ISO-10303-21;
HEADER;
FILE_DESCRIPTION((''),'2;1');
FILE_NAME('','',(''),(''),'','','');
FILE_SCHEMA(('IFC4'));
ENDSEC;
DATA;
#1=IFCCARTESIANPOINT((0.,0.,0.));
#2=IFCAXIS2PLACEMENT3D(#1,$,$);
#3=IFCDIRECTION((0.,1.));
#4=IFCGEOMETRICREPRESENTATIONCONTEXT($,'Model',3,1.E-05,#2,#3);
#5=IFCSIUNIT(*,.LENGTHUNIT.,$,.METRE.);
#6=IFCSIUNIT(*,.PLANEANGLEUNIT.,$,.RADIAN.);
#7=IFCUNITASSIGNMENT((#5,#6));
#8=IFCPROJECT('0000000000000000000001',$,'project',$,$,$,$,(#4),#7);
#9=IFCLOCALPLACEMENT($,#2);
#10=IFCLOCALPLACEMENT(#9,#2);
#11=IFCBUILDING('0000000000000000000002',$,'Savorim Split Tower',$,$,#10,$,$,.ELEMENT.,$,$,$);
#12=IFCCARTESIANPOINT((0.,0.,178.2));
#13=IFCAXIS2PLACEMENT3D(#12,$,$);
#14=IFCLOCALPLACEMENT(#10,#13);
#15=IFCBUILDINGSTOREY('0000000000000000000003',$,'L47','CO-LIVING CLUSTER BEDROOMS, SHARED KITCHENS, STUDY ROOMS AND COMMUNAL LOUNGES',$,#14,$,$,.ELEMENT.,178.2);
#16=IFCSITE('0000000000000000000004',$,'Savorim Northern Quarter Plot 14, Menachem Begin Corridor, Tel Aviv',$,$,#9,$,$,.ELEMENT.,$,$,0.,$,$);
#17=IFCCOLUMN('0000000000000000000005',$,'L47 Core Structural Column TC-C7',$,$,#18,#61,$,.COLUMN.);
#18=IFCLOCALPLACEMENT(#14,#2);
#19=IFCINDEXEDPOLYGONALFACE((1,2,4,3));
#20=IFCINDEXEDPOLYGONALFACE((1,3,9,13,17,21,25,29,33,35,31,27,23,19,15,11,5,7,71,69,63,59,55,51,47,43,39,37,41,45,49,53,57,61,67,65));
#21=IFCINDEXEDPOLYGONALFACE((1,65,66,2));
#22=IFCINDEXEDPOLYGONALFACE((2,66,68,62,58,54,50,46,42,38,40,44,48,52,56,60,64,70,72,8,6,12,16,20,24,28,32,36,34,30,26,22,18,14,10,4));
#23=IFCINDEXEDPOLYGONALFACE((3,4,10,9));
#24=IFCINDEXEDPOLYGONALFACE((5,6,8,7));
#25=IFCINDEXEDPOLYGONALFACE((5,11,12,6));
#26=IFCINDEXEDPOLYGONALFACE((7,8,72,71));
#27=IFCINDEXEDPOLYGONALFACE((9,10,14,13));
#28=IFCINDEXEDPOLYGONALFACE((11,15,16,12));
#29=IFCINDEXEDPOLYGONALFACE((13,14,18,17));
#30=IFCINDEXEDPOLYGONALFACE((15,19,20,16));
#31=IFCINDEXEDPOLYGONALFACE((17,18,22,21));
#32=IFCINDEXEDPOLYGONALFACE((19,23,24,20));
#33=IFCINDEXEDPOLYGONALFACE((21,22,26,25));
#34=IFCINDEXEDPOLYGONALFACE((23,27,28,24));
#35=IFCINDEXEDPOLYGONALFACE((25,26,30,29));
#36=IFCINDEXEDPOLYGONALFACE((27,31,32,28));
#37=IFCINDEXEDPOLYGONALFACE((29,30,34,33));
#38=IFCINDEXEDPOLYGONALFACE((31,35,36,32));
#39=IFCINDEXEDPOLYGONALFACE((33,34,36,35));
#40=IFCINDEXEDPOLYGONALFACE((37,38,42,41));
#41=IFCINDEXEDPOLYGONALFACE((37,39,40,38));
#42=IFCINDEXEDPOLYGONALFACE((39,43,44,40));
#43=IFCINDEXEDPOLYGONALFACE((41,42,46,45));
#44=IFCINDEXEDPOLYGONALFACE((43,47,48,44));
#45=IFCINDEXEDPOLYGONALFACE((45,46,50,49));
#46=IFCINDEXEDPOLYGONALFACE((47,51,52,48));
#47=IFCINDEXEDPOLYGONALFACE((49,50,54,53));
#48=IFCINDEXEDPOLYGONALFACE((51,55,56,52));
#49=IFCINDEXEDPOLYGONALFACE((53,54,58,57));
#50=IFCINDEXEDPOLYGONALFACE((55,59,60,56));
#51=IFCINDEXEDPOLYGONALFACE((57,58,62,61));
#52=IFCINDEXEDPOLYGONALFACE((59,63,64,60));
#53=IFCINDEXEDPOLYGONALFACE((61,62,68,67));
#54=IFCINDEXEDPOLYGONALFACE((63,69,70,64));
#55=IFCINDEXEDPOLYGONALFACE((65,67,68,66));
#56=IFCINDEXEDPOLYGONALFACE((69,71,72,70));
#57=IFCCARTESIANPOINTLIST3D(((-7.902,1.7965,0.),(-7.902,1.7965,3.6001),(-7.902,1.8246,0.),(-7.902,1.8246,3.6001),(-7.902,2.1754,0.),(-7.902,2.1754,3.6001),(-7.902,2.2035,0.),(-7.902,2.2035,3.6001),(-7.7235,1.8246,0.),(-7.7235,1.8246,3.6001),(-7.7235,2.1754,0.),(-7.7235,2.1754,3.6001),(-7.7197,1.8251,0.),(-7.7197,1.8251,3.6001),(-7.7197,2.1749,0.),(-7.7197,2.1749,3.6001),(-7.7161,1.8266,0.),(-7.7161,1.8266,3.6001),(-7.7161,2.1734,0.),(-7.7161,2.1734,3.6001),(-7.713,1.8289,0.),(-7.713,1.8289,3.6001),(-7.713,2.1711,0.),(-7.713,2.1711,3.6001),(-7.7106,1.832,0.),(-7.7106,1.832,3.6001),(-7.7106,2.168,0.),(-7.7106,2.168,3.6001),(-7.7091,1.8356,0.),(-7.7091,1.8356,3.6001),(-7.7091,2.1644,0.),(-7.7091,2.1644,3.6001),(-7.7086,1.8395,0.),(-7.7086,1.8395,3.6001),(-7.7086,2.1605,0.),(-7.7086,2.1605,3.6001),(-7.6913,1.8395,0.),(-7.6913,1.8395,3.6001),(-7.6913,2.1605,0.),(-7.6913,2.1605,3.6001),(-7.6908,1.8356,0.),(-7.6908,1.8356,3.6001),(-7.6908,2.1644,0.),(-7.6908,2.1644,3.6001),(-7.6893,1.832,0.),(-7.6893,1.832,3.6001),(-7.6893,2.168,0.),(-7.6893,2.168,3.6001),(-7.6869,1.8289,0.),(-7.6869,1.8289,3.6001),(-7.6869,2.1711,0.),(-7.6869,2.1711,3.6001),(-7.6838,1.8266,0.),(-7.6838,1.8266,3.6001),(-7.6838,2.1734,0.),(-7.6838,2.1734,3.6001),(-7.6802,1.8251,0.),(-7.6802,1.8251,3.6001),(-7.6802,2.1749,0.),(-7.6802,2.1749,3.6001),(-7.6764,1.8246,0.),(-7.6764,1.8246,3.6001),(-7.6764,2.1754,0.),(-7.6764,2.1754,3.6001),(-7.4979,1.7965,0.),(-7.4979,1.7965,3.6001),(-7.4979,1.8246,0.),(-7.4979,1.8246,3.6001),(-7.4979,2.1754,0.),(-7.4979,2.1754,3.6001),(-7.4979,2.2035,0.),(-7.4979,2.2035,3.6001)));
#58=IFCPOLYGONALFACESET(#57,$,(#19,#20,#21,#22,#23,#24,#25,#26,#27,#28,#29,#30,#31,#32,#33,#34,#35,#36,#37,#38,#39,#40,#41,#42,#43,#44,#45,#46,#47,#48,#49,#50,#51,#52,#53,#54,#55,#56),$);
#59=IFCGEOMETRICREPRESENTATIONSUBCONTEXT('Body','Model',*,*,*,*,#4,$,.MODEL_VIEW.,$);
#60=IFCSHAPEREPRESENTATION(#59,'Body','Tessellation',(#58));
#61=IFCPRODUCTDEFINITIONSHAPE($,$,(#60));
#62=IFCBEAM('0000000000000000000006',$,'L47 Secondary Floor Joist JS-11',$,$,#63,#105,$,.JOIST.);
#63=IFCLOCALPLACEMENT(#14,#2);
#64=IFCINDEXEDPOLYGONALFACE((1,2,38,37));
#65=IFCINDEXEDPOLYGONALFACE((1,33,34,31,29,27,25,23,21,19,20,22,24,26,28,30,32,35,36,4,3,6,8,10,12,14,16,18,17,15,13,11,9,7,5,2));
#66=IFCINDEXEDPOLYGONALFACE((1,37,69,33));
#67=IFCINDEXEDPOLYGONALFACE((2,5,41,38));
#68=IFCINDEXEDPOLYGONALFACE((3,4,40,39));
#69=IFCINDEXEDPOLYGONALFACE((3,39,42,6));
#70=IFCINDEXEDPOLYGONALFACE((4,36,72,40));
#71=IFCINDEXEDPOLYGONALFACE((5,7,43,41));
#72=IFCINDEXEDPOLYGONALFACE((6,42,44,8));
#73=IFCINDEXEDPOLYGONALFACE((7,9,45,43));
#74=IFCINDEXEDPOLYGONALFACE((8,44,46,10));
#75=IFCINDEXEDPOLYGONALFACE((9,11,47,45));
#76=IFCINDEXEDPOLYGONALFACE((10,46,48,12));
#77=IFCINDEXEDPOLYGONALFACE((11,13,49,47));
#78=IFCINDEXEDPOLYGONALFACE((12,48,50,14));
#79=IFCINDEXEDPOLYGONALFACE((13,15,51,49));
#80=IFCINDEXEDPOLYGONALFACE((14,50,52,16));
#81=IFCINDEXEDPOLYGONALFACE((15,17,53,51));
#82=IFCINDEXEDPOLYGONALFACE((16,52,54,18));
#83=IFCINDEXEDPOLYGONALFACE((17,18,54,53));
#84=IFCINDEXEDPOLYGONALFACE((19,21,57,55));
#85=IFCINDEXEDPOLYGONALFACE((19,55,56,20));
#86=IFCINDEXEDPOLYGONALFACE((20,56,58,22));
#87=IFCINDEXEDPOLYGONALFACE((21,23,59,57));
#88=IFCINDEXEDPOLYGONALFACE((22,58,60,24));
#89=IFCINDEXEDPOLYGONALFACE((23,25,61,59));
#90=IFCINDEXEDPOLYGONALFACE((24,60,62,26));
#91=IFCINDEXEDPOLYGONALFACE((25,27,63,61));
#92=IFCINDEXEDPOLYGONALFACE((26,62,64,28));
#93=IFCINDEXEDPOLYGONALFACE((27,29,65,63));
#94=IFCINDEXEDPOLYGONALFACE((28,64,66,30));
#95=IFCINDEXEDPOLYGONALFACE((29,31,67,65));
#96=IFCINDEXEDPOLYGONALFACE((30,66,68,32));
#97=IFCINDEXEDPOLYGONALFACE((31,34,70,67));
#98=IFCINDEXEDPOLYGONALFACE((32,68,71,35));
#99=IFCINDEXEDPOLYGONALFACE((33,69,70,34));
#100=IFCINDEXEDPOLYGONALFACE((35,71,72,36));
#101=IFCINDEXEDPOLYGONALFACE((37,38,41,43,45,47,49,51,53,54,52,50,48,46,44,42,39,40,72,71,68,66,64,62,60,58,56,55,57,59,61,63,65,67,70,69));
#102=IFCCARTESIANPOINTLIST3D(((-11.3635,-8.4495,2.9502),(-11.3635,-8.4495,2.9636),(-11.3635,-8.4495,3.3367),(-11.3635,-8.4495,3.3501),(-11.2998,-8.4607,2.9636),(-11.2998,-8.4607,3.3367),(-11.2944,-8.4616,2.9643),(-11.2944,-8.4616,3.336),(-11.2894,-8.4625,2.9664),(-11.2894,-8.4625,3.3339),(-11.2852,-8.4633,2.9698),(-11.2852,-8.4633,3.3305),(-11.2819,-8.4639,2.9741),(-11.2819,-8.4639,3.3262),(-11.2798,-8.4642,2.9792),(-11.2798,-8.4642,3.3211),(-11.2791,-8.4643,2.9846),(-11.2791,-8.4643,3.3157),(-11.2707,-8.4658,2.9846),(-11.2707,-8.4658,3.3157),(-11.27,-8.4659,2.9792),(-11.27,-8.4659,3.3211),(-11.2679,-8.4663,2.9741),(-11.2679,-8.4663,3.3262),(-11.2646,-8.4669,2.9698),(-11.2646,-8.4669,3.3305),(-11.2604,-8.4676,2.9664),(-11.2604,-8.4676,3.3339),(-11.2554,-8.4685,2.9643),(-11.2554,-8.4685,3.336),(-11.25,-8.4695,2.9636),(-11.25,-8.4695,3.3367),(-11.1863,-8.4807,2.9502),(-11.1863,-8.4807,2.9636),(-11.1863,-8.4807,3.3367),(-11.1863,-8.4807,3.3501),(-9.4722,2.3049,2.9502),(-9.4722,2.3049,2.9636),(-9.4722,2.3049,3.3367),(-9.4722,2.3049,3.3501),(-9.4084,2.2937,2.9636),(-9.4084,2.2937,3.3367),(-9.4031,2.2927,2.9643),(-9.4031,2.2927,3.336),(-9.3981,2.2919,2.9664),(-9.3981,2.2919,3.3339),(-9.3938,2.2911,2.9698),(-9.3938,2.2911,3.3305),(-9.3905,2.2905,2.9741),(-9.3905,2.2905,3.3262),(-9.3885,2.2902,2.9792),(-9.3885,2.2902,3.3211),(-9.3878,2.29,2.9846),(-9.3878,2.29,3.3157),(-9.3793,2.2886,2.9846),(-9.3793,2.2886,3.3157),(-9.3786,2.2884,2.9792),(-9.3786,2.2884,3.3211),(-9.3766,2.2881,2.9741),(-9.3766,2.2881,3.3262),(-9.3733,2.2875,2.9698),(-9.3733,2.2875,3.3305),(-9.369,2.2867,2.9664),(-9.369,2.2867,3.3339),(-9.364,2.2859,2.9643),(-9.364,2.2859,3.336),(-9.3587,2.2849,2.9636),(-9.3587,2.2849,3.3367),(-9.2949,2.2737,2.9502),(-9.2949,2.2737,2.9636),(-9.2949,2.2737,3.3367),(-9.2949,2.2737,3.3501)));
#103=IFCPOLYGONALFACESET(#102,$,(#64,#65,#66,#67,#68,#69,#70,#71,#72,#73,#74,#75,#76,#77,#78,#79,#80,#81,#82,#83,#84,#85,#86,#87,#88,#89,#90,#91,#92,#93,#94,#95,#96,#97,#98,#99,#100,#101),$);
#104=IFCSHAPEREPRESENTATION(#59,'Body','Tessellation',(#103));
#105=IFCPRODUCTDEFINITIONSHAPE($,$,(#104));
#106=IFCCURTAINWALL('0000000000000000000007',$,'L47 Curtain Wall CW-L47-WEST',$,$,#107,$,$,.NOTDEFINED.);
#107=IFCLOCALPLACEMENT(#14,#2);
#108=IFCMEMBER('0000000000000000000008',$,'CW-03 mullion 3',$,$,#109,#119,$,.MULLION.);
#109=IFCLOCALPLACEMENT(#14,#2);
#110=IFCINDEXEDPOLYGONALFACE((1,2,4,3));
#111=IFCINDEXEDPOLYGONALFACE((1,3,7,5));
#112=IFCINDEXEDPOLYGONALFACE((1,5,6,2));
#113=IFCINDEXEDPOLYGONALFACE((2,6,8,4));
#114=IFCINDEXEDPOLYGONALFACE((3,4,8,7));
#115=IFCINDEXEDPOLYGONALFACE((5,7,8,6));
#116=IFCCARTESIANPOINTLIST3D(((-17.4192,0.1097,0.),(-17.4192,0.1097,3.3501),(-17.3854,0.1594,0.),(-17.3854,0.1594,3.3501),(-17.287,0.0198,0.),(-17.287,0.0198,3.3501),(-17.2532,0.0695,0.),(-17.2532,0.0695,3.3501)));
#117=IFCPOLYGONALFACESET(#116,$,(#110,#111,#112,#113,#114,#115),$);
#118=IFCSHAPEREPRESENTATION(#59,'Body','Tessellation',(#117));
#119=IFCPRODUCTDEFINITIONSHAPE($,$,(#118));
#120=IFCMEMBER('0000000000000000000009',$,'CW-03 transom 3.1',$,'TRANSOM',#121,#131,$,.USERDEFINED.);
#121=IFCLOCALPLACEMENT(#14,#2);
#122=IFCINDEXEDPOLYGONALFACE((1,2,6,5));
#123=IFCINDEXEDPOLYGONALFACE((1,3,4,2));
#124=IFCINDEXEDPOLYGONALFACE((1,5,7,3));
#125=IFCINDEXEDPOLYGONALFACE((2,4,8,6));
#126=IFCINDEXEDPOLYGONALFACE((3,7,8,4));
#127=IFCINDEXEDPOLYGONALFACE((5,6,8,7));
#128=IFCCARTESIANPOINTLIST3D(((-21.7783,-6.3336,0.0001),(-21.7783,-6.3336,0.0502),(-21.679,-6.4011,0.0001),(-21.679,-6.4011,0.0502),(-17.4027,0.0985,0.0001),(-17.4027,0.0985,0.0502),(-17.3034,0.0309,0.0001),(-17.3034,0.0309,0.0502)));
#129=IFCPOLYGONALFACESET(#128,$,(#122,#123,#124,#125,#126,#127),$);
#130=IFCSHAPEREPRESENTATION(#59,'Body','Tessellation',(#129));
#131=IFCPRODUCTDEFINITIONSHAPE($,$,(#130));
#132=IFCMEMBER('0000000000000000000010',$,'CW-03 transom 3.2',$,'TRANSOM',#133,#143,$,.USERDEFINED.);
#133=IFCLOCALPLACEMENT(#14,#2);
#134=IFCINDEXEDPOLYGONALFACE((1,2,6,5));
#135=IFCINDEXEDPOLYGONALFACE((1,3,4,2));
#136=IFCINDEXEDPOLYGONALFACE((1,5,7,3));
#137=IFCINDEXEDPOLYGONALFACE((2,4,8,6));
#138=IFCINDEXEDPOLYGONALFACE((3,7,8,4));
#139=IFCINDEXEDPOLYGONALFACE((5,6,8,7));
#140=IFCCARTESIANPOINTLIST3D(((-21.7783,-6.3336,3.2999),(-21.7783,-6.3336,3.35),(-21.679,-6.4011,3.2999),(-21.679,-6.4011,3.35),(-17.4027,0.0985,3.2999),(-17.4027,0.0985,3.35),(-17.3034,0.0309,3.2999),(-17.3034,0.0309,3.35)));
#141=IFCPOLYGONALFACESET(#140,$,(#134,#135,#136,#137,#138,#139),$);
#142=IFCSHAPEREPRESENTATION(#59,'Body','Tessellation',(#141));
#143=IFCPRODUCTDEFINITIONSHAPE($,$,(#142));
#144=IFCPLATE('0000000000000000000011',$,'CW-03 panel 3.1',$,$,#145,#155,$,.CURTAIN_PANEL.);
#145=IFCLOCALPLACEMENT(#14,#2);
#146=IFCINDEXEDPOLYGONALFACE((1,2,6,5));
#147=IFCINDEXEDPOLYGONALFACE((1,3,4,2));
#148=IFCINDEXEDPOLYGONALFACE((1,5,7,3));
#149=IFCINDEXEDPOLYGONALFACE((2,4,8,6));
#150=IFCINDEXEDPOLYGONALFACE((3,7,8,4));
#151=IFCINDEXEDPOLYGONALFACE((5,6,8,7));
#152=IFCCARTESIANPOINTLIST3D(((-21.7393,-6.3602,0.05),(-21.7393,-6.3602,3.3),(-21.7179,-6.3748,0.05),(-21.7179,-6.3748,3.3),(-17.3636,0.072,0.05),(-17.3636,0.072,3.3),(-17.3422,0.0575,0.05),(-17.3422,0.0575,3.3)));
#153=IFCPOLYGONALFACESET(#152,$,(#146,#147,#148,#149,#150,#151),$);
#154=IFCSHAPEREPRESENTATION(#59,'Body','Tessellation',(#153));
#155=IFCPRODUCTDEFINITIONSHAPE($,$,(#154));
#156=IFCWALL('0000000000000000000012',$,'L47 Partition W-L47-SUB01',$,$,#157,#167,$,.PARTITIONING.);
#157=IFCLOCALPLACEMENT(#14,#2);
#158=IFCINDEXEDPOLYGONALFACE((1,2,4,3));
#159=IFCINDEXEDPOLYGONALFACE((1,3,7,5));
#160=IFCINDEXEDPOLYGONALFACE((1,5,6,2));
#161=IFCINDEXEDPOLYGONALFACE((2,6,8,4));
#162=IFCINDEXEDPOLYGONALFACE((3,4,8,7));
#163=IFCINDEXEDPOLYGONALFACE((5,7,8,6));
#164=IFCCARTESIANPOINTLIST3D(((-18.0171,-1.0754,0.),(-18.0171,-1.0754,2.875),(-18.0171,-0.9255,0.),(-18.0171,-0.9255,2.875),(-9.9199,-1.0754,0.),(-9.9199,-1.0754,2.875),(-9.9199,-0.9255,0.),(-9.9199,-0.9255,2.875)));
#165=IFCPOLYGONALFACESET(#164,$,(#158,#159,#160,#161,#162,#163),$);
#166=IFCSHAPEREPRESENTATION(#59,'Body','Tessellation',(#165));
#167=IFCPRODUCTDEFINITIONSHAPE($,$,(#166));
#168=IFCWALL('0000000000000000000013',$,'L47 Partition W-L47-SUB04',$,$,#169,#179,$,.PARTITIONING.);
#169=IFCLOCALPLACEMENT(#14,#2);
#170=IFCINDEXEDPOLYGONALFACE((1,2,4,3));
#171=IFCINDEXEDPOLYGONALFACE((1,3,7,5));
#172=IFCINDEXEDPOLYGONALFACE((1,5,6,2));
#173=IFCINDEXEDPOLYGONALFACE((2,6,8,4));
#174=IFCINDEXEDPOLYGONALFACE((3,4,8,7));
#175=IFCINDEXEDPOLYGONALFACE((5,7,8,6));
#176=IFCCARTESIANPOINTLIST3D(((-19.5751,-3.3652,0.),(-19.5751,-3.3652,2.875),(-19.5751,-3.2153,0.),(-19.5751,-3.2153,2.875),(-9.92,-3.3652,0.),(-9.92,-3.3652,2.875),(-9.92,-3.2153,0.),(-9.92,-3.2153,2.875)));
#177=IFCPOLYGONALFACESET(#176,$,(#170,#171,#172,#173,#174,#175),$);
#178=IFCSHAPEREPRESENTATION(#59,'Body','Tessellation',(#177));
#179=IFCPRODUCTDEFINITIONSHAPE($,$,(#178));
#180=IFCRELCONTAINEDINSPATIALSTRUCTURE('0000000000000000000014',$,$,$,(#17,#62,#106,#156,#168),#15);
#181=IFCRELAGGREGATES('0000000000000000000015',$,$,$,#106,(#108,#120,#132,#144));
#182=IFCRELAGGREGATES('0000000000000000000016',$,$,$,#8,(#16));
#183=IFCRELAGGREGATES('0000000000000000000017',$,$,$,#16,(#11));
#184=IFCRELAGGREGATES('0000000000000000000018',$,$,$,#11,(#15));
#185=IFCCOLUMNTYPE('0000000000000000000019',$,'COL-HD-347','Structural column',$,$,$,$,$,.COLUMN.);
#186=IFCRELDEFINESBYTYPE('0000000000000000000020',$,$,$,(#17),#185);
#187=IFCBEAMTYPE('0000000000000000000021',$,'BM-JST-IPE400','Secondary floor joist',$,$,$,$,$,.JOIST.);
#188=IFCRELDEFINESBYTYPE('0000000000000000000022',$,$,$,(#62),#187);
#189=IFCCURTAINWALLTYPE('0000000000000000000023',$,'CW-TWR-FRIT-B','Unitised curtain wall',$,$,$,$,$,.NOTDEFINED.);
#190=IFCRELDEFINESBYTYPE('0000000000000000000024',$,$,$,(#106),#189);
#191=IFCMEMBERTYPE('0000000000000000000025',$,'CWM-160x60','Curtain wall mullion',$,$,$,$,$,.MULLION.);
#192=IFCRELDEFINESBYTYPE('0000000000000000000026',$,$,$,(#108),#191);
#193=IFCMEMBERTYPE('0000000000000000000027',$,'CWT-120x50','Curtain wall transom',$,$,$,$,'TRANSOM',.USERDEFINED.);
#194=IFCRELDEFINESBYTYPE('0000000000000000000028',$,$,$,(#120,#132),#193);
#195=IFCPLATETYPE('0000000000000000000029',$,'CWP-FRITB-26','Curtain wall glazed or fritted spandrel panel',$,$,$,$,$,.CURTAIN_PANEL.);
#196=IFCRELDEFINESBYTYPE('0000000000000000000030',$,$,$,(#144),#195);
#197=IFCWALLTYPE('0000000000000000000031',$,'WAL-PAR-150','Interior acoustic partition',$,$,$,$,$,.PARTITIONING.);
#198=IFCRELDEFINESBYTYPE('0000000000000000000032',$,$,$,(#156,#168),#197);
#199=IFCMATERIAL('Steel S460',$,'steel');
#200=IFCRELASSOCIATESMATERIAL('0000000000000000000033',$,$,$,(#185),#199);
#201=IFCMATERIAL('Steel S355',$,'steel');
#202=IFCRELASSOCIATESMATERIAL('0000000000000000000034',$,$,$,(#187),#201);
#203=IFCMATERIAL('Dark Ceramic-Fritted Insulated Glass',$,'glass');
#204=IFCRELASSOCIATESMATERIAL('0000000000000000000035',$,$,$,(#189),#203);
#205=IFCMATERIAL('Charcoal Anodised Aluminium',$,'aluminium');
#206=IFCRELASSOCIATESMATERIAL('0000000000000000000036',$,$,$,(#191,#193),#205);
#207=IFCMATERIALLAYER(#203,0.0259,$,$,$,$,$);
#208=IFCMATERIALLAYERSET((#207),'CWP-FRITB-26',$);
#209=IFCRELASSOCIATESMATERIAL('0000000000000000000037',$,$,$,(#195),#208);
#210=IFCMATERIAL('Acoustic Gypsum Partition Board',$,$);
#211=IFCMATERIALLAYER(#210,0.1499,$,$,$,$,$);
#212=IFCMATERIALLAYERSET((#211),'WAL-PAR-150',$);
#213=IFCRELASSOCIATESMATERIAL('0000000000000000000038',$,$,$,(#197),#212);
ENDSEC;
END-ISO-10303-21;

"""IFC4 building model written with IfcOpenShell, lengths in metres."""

from ifc_helpers import new_model, si_unit, direction, frame, frame_2d, origin, origin_2d, place, context, subcontext, project, spatial, rectangle, i_section, extrude, material, layer, layer_set, material_profile, profile_set, type_object, element, aggregate, save


model = new_model("IFC4")

# Units and contexts
model_context = context("Model", 3, precision=1e-05, world=origin(), true_north=direction((0.0, 1.0)))
body_context = subcontext(model_context, "Body", "Model", "MODEL_VIEW")
ifc_project = project(units=[si_unit("LENGTHUNIT", "METRE"), si_unit("PLANEANGLEUNIT", "RADIAN")], contexts=[model_context])

# Site, building, storey
site_placement = place(None, origin())
site = spatial("IfcSite", under=ifc_project, at=site_placement, Name="Savorim Northern Quarter Plot 14, Menachem Begin Corridor, Tel Aviv", CompositionType="ELEMENT", RefElevation=0.0)
building_placement = place(site_placement, origin())
building = spatial("IfcBuilding", under=site, at=building_placement, Name="Savorim Split Tower", CompositionType="ELEMENT")
storey_placement = place(building_placement, frame((0.0, 0.0, 178.2)))
storey = spatial("IfcBuildingStorey", under=building, at=storey_placement, Name="L47", Description="CO-LIVING CLUSTER BEDROOMS, SHARED KITCHENS, STUDY ROOMS AND COMMUNAL LOUNGES", CompositionType="ELEMENT", Elevation=178.2)

# Column
ifc_material_1 = material(Name="Steel S460", Category="steel")
ifc_material_profile_1 = material_profile(ifc_material_1, i_section(OverallWidth=0.4041, OverallDepth=0.407, WebThickness=0.0173, FlangeThickness=0.0281, FilletRadius=0.0149, at=origin_2d()), Name="HD 400x347")
ifc_profile_set_1 = profile_set([ifc_material_profile_1], Name="Steel S460")
column_type = type_object("IfcColumnType", Name="COL-HD-347", Description="Structural column", PredefinedType="COLUMN", material=ifc_profile_set_1)
column_placement = place(storey_placement, frame((-7.7, 2.0, 0.0), z_axis=(0.0, 0.0, 1.0), x_axis=(1.0, 0.0, 0.0)))
element("IfcColumn", 1, at=column_placement, inside=storey, type_object=column_type, Name="L47 Core Structural Column TC-C7", PredefinedType="COLUMN", context=body_context, shape_type="SweptSolid", body=[
    extrude(i_section(OverallWidth=0.4041, OverallDepth=0.407, WebThickness=0.0173, FlangeThickness=0.0281, FilletRadius=0.0149, at=origin_2d()), origin(), (0.0, 0.0, 1.0), 3.6001),
])

# Beam
ifc_material_2 = material(Name="Steel S355", Category="steel")
ifc_material_profile_2 = material_profile(ifc_material_2, i_section(OverallWidth=0.1799, OverallDepth=0.3999, WebThickness=0.0085, FlangeThickness=0.0134, FilletRadius=0.021, at=origin_2d()), Name="IPE 400")
ifc_profile_set_2 = profile_set([ifc_material_profile_2], Name="Steel S355")
beam_type = type_object("IfcBeamType", Name="BM-JST-IPE400", Description="Secondary floor joist", PredefinedType="JOIST", material=ifc_profile_set_2)
beam_placement = place(storey_placement, frame((-9.3835, 2.2893, 3.1501), z_axis=(-0.17321, -0.984885, 0.0), x_axis=(0.984885, -0.17321, 0.0)))
element("IfcBeam", 2, at=beam_placement, inside=storey, type_object=beam_type, Name="L47 Secondary Floor Joist JS-11", PredefinedType="JOIST", context=body_context, shape_type="SweptSolid", body=[
    extrude(i_section(OverallWidth=0.1799, OverallDepth=0.3999, WebThickness=0.0085, FlangeThickness=0.0134, FilletRadius=0.021, at=origin_2d()), origin(), (0.0, 0.0, 1.0), 10.9194),
])

# Curtain wall, members, plate
ifc_material_3 = material(Name="Dark Ceramic-Fritted Insulated Glass", Category="glass")
curtain_wall_type = type_object("IfcCurtainWallType", Name="CW-TWR-FRIT-B", Description="Unitised curtain wall", PredefinedType="NOTDEFINED", material=ifc_material_3)
curtain_wall_placement = place(storey_placement, origin())
curtain_wall = element("IfcCurtainWall", 3, at=curtain_wall_placement, inside=storey, type_object=curtain_wall_type, Name="L47 Curtain Wall CW-L47-WEST", PredefinedType="NOTDEFINED")
ifc_material_4 = material(Name="Charcoal Anodised Aluminium", Category="aluminium")
ifc_material_profile_3 = material_profile(ifc_material_4, rectangle(XDim=0.1599, YDim=0.0601, at=origin_2d()), Name="ALU-M 160x60")
ifc_profile_set_3 = profile_set([ifc_material_profile_3], Name="Charcoal Anodised Aluminium")
member_type_1 = type_object("IfcMemberType", Name="CWM-160x60", Description="Curtain wall mullion", PredefinedType="MULLION", material=ifc_profile_set_3)
member_1_placement = place(storey_placement, frame((-17.3362, 0.0896, 0.0), z_axis=(0.0, 0.0, 1.0), x_axis=(0.826819, -0.562468, 0.0)))
member_1 = element("IfcMember", 4, at=member_1_placement, type_object=member_type_1, Name="CW-03 mullion 3", PredefinedType="MULLION", context=body_context, shape_type="SweptSolid", body=[
    extrude(rectangle(XDim=0.1599, YDim=0.0601, at=origin_2d()), origin(), (0.0, 0.0, 1.0), 3.3501),
])
ifc_material_profile_4 = material_profile(ifc_material_4, rectangle(XDim=0.1201, YDim=0.05, at=origin_2d()), Name="ALU-T 120x50")
ifc_profile_set_4 = profile_set([ifc_material_profile_4], Name="Charcoal Anodised Aluminium")
member_type_2 = type_object("IfcMemberType", Name="CWT-120x50", Description="Curtain wall transom", ElementType="TRANSOM", PredefinedType="USERDEFINED", material=ifc_profile_set_4)
member_2_placement = place(storey_placement, frame((-17.353, 0.0647, 0.0251), z_axis=(-0.562476, -0.826814, 0.0), x_axis=(0.826814, -0.562476, 0.0)))
member_2 = element("IfcMember", 5, at=member_2_placement, type_object=member_type_2, Name="CW-03 transom 3.1", ObjectType="TRANSOM", PredefinedType="USERDEFINED", context=body_context, shape_type="SweptSolid", body=[
    extrude(rectangle(XDim=0.1201, YDim=0.05, at=origin_2d()), origin(), (0.0, 0.0, 1.0), 7.7793),
])
member_3_placement = place(storey_placement, frame((-17.353, 0.0647, 3.325), z_axis=(-0.562476, -0.826814, 0.0), x_axis=(0.826814, -0.562476, 0.0)))
member_3 = element("IfcMember", 6, at=member_3_placement, type_object=member_type_2, Name="CW-03 transom 3.2", ObjectType="TRANSOM", PredefinedType="USERDEFINED", context=body_context, shape_type="SweptSolid", body=[
    extrude(rectangle(XDim=0.1201, YDim=0.05, at=origin_2d()), origin(), (0.0, 0.0, 1.0), 7.7793),
])
ifc_layer_1 = layer(ifc_material_3, 0.0259)
ifc_layer_set_1 = layer_set([ifc_layer_1], Name="CWP-FRITB-26")
plate_type = type_object("IfcPlateType", Name="CWP-FRITB-26", Description="Curtain wall glazed or fritted spandrel panel", PredefinedType="CURTAIN_PANEL", material=ifc_layer_set_1)
plate_placement = place(storey_placement, frame((-19.5408, -3.1514, 0.05), z_axis=(0.0, 0.0, 1.0), x_axis=(-0.562468, -0.826819, 0.0)))
plate = element("IfcPlate", 7, at=plate_placement, type_object=plate_type, Name="CW-03 panel 3.1", PredefinedType="CURTAIN_PANEL", context=body_context, shape_type="SweptSolid", body=[
    extrude(rectangle(XDim=7.7795, YDim=0.0259, at=origin_2d()), origin(), (0.0, 0.0, 1.0), 3.25),
])
aggregate(curtain_wall, [member_1, member_2, member_3, plate])

# Walls
ifc_material_5 = material(Name="Acoustic Gypsum Partition Board")
ifc_layer_2 = layer(ifc_material_5, 0.1499)
ifc_layer_set_2 = layer_set([ifc_layer_2], Name="WAL-PAR-150")
wall_type_1 = type_object("IfcWallType", Name="WAL-PAR-150", Description="Interior acoustic partition", PredefinedType="PARTITIONING", material=ifc_layer_set_2)
wall_1_placement = place(storey_placement, frame((-9.9199, -1.0005, 0.0), z_axis=(0.0, 0.0, 1.0), x_axis=(-1.0, 0.0, 0.0)))
element("IfcWall", 8, at=wall_1_placement, inside=storey, type_object=wall_type_1, Name="L47 Partition W-L47-SUB01", PredefinedType="PARTITIONING", context=body_context, shape_type="SweptSolid", body=[
    extrude(rectangle(XDim=8.0972, YDim=0.1499, at=frame_2d((4.0486, 0.0))), origin(), (0.0, 0.0, 1.0), 2.875),
])
wall_2_placement = place(storey_placement, frame((-9.9199, -3.2903, 0.0), z_axis=(0.0, 0.0, 1.0), x_axis=(-1.0, 0.0, 0.0)))
element("IfcWall", 9, at=wall_2_placement, inside=storey, type_object=wall_type_1, Name="L47 Partition W-L47-SUB04", PredefinedType="PARTITIONING", context=body_context, shape_type="SweptSolid", body=[
    extrude(rectangle(XDim=9.655, YDim=0.1499, at=frame_2d((4.8276, 0.0))), origin(), (0.0, 0.0, 1.0), 2.875),
])

save(model, "model.ifc")
